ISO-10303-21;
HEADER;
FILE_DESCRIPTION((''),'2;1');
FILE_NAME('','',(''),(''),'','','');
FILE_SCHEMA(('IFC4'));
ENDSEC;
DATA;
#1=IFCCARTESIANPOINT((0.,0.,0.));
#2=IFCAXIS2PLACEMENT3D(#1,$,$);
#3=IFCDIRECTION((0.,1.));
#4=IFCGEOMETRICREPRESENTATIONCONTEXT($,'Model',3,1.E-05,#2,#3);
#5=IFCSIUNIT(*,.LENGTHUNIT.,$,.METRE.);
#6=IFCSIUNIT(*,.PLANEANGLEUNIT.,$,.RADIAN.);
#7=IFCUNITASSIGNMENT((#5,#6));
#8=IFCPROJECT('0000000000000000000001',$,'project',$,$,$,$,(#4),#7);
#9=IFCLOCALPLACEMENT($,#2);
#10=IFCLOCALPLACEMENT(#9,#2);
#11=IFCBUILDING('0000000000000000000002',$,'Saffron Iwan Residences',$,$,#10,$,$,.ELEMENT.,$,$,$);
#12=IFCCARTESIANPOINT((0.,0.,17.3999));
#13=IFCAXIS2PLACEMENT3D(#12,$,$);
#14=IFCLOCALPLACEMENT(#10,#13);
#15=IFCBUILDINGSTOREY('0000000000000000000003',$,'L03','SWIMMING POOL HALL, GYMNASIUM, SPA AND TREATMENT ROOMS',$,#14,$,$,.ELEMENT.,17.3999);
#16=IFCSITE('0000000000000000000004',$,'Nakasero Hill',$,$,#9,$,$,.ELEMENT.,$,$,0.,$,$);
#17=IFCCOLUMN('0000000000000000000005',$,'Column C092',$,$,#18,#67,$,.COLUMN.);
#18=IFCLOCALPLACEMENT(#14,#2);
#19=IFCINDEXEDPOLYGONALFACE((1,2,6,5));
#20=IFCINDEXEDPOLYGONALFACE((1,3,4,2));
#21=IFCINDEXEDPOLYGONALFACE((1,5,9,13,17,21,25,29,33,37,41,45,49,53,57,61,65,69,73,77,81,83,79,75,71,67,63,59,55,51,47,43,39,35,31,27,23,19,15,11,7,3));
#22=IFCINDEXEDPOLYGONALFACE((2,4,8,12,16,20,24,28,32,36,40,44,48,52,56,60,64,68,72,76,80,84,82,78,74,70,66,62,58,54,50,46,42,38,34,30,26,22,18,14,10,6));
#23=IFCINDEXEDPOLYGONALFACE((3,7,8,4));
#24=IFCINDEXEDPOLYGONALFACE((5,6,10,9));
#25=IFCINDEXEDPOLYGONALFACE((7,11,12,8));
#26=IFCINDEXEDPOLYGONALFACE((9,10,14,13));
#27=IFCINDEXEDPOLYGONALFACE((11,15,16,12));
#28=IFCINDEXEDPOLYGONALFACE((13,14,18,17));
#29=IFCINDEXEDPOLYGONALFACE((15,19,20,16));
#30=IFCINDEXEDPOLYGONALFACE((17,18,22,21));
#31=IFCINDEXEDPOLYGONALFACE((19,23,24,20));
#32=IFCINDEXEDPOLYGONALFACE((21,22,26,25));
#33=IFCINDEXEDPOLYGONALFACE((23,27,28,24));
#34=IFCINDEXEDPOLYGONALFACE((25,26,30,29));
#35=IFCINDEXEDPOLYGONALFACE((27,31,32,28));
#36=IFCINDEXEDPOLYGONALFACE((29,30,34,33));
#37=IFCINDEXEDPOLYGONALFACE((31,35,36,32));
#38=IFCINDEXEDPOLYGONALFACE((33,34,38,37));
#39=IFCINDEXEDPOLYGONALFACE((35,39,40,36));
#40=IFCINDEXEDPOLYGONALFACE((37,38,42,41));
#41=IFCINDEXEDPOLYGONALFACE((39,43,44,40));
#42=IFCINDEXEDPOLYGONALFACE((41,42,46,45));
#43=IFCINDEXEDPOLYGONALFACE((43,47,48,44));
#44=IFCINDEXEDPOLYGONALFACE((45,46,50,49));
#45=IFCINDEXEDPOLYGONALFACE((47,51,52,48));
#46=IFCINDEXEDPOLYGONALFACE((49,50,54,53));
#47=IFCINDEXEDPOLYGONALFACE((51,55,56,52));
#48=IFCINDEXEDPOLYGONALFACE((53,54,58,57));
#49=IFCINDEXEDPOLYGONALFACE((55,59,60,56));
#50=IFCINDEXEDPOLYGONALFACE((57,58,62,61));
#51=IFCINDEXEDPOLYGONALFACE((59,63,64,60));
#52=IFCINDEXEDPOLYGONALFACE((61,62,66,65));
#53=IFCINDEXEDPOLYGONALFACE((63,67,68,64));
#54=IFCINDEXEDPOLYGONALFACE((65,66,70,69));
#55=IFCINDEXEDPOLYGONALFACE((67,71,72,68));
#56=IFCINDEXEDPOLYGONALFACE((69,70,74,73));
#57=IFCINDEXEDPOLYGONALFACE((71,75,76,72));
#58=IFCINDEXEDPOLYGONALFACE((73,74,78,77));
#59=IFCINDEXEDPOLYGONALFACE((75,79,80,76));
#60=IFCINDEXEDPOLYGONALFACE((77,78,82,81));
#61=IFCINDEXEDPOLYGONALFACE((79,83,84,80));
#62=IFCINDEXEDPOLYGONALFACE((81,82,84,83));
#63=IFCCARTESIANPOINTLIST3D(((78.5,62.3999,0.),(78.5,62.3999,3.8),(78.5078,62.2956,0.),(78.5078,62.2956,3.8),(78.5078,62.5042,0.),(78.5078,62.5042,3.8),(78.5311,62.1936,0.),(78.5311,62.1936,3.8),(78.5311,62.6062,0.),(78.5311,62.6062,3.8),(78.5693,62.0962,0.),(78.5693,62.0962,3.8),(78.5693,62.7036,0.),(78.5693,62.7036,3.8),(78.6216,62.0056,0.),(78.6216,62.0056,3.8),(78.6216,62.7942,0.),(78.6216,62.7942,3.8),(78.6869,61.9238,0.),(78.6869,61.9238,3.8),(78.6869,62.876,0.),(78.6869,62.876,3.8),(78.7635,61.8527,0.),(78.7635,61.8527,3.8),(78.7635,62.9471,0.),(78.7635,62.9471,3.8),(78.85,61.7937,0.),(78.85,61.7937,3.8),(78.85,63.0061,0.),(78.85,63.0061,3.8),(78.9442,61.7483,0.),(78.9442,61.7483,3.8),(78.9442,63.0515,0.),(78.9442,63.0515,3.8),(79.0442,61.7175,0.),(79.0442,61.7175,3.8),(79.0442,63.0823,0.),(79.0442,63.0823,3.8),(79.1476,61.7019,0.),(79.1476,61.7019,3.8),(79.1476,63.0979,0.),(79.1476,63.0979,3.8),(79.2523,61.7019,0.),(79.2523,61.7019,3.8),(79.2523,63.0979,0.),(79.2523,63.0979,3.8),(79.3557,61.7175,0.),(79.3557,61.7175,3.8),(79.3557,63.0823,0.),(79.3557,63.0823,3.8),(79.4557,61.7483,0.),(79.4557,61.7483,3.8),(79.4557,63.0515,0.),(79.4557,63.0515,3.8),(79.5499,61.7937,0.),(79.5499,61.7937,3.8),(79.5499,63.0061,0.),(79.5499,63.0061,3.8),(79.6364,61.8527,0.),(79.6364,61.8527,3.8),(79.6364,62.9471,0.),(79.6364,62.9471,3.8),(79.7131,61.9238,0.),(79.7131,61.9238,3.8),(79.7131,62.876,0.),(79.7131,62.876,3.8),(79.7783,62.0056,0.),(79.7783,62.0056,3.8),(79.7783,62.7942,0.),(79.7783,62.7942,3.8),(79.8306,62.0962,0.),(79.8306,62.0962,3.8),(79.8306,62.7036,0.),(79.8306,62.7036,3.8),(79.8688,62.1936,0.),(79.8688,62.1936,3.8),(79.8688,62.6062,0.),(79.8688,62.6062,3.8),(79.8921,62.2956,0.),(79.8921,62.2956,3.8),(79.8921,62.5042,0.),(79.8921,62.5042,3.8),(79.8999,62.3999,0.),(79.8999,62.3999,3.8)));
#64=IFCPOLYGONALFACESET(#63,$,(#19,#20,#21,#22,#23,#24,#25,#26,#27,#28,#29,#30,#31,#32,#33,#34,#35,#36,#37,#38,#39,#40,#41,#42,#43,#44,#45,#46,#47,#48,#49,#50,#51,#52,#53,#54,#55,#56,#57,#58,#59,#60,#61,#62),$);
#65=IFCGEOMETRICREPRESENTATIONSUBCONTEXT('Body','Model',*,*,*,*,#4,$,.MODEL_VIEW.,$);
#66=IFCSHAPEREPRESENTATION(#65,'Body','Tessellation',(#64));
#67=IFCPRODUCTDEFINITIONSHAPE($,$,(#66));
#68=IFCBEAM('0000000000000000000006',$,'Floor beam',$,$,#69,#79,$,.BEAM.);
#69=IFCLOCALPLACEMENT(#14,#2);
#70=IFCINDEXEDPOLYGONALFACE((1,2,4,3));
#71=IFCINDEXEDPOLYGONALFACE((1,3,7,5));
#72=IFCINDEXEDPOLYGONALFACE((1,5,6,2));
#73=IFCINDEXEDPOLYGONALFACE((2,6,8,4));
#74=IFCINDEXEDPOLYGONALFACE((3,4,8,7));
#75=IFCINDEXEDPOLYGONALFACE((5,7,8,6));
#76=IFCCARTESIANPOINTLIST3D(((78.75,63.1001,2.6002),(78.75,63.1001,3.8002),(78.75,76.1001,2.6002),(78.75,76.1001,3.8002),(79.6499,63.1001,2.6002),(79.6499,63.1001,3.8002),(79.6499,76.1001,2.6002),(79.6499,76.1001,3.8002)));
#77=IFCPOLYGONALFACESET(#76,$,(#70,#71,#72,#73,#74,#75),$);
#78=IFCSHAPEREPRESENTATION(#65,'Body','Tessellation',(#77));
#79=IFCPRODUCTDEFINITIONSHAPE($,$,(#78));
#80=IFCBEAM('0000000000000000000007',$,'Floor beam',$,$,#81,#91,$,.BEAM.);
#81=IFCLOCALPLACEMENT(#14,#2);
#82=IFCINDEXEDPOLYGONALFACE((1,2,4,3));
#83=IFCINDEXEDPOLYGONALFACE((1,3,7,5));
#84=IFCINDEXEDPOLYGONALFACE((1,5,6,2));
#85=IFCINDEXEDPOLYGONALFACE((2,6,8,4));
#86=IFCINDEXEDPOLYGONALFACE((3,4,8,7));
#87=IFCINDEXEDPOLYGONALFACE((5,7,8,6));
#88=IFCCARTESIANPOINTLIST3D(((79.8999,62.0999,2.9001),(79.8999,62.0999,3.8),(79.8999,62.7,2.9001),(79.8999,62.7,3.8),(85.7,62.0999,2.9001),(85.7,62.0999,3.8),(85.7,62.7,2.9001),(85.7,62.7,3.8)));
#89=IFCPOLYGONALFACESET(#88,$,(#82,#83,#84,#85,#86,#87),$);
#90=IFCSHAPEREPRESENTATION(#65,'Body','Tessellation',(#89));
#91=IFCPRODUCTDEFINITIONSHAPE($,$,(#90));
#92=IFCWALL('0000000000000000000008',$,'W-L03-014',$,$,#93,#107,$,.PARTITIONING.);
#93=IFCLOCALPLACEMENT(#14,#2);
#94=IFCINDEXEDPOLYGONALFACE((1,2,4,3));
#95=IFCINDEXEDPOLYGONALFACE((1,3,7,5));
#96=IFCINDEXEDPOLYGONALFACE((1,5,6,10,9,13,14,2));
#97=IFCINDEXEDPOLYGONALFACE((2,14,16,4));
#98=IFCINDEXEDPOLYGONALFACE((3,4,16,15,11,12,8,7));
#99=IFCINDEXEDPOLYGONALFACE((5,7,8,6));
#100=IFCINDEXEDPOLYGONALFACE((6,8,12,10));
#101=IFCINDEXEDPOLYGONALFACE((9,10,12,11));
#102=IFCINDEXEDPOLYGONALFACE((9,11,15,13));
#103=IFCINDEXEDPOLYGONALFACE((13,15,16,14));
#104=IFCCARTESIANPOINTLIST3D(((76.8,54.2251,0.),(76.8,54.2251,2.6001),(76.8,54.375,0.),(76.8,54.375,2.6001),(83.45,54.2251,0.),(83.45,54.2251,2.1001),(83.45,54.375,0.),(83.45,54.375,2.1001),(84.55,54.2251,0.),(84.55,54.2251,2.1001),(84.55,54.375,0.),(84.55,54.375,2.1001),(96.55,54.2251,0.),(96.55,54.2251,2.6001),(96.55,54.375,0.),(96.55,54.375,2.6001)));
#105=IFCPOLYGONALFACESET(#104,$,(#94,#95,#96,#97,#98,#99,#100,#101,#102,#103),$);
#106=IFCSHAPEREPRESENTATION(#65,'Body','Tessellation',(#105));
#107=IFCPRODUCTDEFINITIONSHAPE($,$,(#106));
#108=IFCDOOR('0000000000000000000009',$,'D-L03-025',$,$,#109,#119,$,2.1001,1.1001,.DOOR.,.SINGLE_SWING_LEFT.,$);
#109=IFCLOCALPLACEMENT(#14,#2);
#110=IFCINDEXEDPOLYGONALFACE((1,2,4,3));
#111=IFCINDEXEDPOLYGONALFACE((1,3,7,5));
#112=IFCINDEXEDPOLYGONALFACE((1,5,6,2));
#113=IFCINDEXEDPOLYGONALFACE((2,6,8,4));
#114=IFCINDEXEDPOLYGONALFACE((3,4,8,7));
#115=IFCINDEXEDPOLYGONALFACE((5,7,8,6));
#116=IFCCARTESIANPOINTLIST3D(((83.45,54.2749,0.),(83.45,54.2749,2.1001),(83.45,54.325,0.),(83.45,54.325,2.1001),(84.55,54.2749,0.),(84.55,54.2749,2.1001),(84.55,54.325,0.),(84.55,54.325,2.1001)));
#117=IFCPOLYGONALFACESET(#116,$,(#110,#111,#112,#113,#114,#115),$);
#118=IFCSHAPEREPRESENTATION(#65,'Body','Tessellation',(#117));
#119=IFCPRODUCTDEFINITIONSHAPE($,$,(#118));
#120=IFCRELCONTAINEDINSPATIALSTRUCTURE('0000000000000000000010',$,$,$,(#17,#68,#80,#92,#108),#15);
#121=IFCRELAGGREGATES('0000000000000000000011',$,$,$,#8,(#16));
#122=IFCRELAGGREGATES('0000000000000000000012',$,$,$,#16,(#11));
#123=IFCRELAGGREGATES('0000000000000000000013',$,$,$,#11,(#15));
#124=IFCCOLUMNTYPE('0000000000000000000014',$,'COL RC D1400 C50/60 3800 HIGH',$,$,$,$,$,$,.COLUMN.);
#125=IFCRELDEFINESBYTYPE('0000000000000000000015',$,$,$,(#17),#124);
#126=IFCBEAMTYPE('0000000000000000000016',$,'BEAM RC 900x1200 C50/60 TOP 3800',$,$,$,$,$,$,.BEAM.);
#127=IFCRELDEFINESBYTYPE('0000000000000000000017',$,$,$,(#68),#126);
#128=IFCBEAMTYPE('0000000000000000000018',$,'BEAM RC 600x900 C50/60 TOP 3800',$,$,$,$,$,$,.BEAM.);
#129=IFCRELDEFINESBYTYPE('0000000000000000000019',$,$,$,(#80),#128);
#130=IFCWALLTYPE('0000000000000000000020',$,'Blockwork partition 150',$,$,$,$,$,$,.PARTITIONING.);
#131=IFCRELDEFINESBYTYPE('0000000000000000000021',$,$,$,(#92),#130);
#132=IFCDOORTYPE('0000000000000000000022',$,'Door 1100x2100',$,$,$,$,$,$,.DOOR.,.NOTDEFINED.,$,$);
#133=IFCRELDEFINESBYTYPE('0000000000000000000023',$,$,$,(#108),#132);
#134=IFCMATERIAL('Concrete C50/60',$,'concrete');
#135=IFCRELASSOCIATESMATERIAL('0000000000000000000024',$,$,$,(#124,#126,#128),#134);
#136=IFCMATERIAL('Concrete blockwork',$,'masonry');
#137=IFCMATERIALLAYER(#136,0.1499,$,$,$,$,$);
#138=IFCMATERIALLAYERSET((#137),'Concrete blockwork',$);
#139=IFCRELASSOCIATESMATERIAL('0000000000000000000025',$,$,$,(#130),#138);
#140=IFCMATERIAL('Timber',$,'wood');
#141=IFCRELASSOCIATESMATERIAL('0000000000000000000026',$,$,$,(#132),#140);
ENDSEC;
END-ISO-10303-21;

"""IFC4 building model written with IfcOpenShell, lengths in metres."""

from ifc_helpers import new_model, si_unit, direction, frame, frame_2d, origin, origin_2d, place, context, subcontext, project, spatial, rectangle, circle, extrude, source, transform, mapped, material, layer, layer_set, material_profile, profile_set, type_object, element, fill, save


model = new_model("IFC4")

# Units and contexts
model_context = context("Model", 3, precision=1e-05, world=origin(), true_north=direction((0.0, 1.0)))
body_context = subcontext(model_context, "Body", "Model", "MODEL_VIEW")
ifc_project = project(units=[si_unit("LENGTHUNIT", "METRE"), si_unit("PLANEANGLEUNIT", "RADIAN")], contexts=[model_context])

# Site, building, storey
site_placement = place(None, origin())
site = spatial("IfcSite", under=ifc_project, at=site_placement, Name="Nakasero Hill", CompositionType="ELEMENT", RefElevation=0.0)
building_placement = place(site_placement, origin())
building = spatial("IfcBuilding", under=site, at=building_placement, Name="Saffron Iwan Residences", CompositionType="ELEMENT")
storey_placement = place(building_placement, frame((0.0, 0.0, 17.3999)))
storey = spatial("IfcBuildingStorey", under=building, at=storey_placement, Name="L03", Description="SWIMMING POOL HALL, GYMNASIUM, SPA AND TREATMENT ROOMS", CompositionType="ELEMENT", Elevation=17.3999)

# Column
ifc_material_1 = material(Name="Concrete C50/60", Category="concrete")
ifc_material_profile_1 = material_profile(ifc_material_1, circle(Radius=0.7, at=origin_2d()), Name="RC D1400")
ifc_profile_set_1 = profile_set([ifc_material_profile_1], Name="Concrete C50/60")
column_type = type_object("IfcColumnType", Name="COL RC D1400 C50/60 3800 HIGH", PredefinedType="COLUMN", material=ifc_profile_set_1)
shared_shape_1 = source(origin(), body_context, "Body", "SweptSolid", [
    extrude(circle(Radius=0.7, at=origin_2d()), origin(), (0.0, 0.0, 1.0), 3.8),
])
column_placement = place(storey_placement, frame((79.2, 62.3999, 0.0), z_axis=(0.0, 0.0, 1.0), x_axis=(1.0, 0.0, 0.0)))
element("IfcColumn", 1, at=column_placement, inside=storey, type_object=column_type, Name="Column C092", PredefinedType="COLUMN", context=body_context, shape_type="MappedRepresentation", body=[
    mapped(shared_shape_1, transform((0.0, 0.0, 0.0))),
])

# Beams
ifc_material_profile_2 = material_profile(ifc_material_1, rectangle(XDim=0.8999, YDim=1.2, at=origin_2d()), Name="RC 900x1200")
ifc_profile_set_2 = profile_set([ifc_material_profile_2], Name="Concrete C50/60")
beam_type_1 = type_object("IfcBeamType", Name="BEAM RC 900x1200 C50/60 TOP 3800", PredefinedType="BEAM", material=ifc_profile_set_2)
shared_shape_2 = source(origin(), body_context, "Body", "SweptSolid", [
    extrude(rectangle(XDim=0.8999, YDim=1.2, at=origin_2d()), origin(), (0.0, 0.0, 1.0), 13.0),
])
beam_1_placement = place(storey_placement, frame((79.2, 63.1001, 3.2002), z_axis=(0.0, 1.0, 0.0), x_axis=(-1.0, 0.0, 0.0)))
element("IfcBeam", 2, at=beam_1_placement, inside=storey, type_object=beam_type_1, Name="Floor beam", PredefinedType="BEAM", context=body_context, shape_type="MappedRepresentation", body=[
    mapped(shared_shape_2, transform((0.0, 0.0, 0.0))),
])
ifc_material_profile_3 = material_profile(ifc_material_1, rectangle(XDim=0.6001, YDim=0.8999, at=origin_2d()), Name="RC 600x900")
ifc_profile_set_3 = profile_set([ifc_material_profile_3], Name="Concrete C50/60")
beam_type_2 = type_object("IfcBeamType", Name="BEAM RC 600x900 C50/60 TOP 3800", PredefinedType="BEAM", material=ifc_profile_set_3)
shared_shape_3 = source(origin(), body_context, "Body", "SweptSolid", [
    extrude(rectangle(XDim=0.6001, YDim=0.8999, at=origin_2d()), origin(), (0.0, 0.0, 1.0), 5.8),
])
beam_2_placement = place(storey_placement, frame((79.8999, 62.3999, 3.3501), z_axis=(1.0, 0.0, 0.0), x_axis=(0.0, 1.0, 0.0)))
element("IfcBeam", 3, at=beam_2_placement, inside=storey, type_object=beam_type_2, Name="Floor beam", PredefinedType="BEAM", context=body_context, shape_type="MappedRepresentation", body=[
    mapped(shared_shape_3, transform((0.0, 0.0, 0.0))),
])

# Wall, opening, door
ifc_material_2 = material(Name="Concrete blockwork", Category="masonry")
ifc_layer_1 = layer(ifc_material_2, 0.1499)
ifc_layer_set_1 = layer_set([ifc_layer_1], Name="Concrete blockwork")
wall_type_1 = type_object("IfcWallType", Name="Blockwork partition 150", PredefinedType="PARTITIONING", material=ifc_layer_set_1)
wall_1_placement = place(storey_placement, frame((76.8, 54.3, 0.0), z_axis=(0.0, 0.0, 1.0), x_axis=(1.0, 0.0, 0.0)))
wall_1 = element("IfcWall", 4, at=wall_1_placement, inside=storey, type_object=wall_type_1, Name="W-L03-014", PredefinedType="PARTITIONING", context=body_context, shape_type="SweptSolid", body=[
    extrude(rectangle(XDim=19.75, YDim=0.1499, at=frame_2d((9.875, 0.0))), origin(), (0.0, 0.0, 1.0), 2.6001),
])
opening_1_placement = place(wall_1_placement, frame((6.6499, 0.0, 0.0)))
opening_1 = element("IfcOpeningElement", 5, at=opening_1_placement, cuts=wall_1, PredefinedType="OPENING", context=body_context, shape_type="SweptSolid", body=[
    extrude(rectangle(XDim=1.1001, YDim=2.1001, at=frame_2d((0.55, 1.05))), frame((0.0, 0.085, 0.0), z_axis=(0.0, -1.0, 0.0), x_axis=(1.0, 0.0, 0.0)), (0.0, 0.0, 1.0), 0.1699),
])
ifc_material_3 = material(Name="Timber", Category="wood")
door_type_1 = type_object("IfcDoorType", Name="Door 1100x2100", OperationType="NOTDEFINED", PredefinedType="DOOR", material=ifc_material_3)
door_1_placement = place(opening_1_placement, origin())
door_1 = element("IfcDoor", 6, at=door_1_placement, inside=storey, type_object=door_type_1, Name="D-L03-025", OperationType="SINGLE_SWING_LEFT", OverallHeight=2.1001, OverallWidth=1.1001, PredefinedType="DOOR", context=body_context, shape_type="SweptSolid", body=[
    extrude(rectangle(XDim=1.1001, YDim=2.1001, at=frame_2d((0.55, 1.05))), frame((0.0, 0.0249, 0.0), z_axis=(0.0, -1.0, 0.0), x_axis=(1.0, 0.0, 0.0)), (0.0, 0.0, 1.0), 0.05),
])
fill(opening_1, door_1)

save(model, "model.ifc")
